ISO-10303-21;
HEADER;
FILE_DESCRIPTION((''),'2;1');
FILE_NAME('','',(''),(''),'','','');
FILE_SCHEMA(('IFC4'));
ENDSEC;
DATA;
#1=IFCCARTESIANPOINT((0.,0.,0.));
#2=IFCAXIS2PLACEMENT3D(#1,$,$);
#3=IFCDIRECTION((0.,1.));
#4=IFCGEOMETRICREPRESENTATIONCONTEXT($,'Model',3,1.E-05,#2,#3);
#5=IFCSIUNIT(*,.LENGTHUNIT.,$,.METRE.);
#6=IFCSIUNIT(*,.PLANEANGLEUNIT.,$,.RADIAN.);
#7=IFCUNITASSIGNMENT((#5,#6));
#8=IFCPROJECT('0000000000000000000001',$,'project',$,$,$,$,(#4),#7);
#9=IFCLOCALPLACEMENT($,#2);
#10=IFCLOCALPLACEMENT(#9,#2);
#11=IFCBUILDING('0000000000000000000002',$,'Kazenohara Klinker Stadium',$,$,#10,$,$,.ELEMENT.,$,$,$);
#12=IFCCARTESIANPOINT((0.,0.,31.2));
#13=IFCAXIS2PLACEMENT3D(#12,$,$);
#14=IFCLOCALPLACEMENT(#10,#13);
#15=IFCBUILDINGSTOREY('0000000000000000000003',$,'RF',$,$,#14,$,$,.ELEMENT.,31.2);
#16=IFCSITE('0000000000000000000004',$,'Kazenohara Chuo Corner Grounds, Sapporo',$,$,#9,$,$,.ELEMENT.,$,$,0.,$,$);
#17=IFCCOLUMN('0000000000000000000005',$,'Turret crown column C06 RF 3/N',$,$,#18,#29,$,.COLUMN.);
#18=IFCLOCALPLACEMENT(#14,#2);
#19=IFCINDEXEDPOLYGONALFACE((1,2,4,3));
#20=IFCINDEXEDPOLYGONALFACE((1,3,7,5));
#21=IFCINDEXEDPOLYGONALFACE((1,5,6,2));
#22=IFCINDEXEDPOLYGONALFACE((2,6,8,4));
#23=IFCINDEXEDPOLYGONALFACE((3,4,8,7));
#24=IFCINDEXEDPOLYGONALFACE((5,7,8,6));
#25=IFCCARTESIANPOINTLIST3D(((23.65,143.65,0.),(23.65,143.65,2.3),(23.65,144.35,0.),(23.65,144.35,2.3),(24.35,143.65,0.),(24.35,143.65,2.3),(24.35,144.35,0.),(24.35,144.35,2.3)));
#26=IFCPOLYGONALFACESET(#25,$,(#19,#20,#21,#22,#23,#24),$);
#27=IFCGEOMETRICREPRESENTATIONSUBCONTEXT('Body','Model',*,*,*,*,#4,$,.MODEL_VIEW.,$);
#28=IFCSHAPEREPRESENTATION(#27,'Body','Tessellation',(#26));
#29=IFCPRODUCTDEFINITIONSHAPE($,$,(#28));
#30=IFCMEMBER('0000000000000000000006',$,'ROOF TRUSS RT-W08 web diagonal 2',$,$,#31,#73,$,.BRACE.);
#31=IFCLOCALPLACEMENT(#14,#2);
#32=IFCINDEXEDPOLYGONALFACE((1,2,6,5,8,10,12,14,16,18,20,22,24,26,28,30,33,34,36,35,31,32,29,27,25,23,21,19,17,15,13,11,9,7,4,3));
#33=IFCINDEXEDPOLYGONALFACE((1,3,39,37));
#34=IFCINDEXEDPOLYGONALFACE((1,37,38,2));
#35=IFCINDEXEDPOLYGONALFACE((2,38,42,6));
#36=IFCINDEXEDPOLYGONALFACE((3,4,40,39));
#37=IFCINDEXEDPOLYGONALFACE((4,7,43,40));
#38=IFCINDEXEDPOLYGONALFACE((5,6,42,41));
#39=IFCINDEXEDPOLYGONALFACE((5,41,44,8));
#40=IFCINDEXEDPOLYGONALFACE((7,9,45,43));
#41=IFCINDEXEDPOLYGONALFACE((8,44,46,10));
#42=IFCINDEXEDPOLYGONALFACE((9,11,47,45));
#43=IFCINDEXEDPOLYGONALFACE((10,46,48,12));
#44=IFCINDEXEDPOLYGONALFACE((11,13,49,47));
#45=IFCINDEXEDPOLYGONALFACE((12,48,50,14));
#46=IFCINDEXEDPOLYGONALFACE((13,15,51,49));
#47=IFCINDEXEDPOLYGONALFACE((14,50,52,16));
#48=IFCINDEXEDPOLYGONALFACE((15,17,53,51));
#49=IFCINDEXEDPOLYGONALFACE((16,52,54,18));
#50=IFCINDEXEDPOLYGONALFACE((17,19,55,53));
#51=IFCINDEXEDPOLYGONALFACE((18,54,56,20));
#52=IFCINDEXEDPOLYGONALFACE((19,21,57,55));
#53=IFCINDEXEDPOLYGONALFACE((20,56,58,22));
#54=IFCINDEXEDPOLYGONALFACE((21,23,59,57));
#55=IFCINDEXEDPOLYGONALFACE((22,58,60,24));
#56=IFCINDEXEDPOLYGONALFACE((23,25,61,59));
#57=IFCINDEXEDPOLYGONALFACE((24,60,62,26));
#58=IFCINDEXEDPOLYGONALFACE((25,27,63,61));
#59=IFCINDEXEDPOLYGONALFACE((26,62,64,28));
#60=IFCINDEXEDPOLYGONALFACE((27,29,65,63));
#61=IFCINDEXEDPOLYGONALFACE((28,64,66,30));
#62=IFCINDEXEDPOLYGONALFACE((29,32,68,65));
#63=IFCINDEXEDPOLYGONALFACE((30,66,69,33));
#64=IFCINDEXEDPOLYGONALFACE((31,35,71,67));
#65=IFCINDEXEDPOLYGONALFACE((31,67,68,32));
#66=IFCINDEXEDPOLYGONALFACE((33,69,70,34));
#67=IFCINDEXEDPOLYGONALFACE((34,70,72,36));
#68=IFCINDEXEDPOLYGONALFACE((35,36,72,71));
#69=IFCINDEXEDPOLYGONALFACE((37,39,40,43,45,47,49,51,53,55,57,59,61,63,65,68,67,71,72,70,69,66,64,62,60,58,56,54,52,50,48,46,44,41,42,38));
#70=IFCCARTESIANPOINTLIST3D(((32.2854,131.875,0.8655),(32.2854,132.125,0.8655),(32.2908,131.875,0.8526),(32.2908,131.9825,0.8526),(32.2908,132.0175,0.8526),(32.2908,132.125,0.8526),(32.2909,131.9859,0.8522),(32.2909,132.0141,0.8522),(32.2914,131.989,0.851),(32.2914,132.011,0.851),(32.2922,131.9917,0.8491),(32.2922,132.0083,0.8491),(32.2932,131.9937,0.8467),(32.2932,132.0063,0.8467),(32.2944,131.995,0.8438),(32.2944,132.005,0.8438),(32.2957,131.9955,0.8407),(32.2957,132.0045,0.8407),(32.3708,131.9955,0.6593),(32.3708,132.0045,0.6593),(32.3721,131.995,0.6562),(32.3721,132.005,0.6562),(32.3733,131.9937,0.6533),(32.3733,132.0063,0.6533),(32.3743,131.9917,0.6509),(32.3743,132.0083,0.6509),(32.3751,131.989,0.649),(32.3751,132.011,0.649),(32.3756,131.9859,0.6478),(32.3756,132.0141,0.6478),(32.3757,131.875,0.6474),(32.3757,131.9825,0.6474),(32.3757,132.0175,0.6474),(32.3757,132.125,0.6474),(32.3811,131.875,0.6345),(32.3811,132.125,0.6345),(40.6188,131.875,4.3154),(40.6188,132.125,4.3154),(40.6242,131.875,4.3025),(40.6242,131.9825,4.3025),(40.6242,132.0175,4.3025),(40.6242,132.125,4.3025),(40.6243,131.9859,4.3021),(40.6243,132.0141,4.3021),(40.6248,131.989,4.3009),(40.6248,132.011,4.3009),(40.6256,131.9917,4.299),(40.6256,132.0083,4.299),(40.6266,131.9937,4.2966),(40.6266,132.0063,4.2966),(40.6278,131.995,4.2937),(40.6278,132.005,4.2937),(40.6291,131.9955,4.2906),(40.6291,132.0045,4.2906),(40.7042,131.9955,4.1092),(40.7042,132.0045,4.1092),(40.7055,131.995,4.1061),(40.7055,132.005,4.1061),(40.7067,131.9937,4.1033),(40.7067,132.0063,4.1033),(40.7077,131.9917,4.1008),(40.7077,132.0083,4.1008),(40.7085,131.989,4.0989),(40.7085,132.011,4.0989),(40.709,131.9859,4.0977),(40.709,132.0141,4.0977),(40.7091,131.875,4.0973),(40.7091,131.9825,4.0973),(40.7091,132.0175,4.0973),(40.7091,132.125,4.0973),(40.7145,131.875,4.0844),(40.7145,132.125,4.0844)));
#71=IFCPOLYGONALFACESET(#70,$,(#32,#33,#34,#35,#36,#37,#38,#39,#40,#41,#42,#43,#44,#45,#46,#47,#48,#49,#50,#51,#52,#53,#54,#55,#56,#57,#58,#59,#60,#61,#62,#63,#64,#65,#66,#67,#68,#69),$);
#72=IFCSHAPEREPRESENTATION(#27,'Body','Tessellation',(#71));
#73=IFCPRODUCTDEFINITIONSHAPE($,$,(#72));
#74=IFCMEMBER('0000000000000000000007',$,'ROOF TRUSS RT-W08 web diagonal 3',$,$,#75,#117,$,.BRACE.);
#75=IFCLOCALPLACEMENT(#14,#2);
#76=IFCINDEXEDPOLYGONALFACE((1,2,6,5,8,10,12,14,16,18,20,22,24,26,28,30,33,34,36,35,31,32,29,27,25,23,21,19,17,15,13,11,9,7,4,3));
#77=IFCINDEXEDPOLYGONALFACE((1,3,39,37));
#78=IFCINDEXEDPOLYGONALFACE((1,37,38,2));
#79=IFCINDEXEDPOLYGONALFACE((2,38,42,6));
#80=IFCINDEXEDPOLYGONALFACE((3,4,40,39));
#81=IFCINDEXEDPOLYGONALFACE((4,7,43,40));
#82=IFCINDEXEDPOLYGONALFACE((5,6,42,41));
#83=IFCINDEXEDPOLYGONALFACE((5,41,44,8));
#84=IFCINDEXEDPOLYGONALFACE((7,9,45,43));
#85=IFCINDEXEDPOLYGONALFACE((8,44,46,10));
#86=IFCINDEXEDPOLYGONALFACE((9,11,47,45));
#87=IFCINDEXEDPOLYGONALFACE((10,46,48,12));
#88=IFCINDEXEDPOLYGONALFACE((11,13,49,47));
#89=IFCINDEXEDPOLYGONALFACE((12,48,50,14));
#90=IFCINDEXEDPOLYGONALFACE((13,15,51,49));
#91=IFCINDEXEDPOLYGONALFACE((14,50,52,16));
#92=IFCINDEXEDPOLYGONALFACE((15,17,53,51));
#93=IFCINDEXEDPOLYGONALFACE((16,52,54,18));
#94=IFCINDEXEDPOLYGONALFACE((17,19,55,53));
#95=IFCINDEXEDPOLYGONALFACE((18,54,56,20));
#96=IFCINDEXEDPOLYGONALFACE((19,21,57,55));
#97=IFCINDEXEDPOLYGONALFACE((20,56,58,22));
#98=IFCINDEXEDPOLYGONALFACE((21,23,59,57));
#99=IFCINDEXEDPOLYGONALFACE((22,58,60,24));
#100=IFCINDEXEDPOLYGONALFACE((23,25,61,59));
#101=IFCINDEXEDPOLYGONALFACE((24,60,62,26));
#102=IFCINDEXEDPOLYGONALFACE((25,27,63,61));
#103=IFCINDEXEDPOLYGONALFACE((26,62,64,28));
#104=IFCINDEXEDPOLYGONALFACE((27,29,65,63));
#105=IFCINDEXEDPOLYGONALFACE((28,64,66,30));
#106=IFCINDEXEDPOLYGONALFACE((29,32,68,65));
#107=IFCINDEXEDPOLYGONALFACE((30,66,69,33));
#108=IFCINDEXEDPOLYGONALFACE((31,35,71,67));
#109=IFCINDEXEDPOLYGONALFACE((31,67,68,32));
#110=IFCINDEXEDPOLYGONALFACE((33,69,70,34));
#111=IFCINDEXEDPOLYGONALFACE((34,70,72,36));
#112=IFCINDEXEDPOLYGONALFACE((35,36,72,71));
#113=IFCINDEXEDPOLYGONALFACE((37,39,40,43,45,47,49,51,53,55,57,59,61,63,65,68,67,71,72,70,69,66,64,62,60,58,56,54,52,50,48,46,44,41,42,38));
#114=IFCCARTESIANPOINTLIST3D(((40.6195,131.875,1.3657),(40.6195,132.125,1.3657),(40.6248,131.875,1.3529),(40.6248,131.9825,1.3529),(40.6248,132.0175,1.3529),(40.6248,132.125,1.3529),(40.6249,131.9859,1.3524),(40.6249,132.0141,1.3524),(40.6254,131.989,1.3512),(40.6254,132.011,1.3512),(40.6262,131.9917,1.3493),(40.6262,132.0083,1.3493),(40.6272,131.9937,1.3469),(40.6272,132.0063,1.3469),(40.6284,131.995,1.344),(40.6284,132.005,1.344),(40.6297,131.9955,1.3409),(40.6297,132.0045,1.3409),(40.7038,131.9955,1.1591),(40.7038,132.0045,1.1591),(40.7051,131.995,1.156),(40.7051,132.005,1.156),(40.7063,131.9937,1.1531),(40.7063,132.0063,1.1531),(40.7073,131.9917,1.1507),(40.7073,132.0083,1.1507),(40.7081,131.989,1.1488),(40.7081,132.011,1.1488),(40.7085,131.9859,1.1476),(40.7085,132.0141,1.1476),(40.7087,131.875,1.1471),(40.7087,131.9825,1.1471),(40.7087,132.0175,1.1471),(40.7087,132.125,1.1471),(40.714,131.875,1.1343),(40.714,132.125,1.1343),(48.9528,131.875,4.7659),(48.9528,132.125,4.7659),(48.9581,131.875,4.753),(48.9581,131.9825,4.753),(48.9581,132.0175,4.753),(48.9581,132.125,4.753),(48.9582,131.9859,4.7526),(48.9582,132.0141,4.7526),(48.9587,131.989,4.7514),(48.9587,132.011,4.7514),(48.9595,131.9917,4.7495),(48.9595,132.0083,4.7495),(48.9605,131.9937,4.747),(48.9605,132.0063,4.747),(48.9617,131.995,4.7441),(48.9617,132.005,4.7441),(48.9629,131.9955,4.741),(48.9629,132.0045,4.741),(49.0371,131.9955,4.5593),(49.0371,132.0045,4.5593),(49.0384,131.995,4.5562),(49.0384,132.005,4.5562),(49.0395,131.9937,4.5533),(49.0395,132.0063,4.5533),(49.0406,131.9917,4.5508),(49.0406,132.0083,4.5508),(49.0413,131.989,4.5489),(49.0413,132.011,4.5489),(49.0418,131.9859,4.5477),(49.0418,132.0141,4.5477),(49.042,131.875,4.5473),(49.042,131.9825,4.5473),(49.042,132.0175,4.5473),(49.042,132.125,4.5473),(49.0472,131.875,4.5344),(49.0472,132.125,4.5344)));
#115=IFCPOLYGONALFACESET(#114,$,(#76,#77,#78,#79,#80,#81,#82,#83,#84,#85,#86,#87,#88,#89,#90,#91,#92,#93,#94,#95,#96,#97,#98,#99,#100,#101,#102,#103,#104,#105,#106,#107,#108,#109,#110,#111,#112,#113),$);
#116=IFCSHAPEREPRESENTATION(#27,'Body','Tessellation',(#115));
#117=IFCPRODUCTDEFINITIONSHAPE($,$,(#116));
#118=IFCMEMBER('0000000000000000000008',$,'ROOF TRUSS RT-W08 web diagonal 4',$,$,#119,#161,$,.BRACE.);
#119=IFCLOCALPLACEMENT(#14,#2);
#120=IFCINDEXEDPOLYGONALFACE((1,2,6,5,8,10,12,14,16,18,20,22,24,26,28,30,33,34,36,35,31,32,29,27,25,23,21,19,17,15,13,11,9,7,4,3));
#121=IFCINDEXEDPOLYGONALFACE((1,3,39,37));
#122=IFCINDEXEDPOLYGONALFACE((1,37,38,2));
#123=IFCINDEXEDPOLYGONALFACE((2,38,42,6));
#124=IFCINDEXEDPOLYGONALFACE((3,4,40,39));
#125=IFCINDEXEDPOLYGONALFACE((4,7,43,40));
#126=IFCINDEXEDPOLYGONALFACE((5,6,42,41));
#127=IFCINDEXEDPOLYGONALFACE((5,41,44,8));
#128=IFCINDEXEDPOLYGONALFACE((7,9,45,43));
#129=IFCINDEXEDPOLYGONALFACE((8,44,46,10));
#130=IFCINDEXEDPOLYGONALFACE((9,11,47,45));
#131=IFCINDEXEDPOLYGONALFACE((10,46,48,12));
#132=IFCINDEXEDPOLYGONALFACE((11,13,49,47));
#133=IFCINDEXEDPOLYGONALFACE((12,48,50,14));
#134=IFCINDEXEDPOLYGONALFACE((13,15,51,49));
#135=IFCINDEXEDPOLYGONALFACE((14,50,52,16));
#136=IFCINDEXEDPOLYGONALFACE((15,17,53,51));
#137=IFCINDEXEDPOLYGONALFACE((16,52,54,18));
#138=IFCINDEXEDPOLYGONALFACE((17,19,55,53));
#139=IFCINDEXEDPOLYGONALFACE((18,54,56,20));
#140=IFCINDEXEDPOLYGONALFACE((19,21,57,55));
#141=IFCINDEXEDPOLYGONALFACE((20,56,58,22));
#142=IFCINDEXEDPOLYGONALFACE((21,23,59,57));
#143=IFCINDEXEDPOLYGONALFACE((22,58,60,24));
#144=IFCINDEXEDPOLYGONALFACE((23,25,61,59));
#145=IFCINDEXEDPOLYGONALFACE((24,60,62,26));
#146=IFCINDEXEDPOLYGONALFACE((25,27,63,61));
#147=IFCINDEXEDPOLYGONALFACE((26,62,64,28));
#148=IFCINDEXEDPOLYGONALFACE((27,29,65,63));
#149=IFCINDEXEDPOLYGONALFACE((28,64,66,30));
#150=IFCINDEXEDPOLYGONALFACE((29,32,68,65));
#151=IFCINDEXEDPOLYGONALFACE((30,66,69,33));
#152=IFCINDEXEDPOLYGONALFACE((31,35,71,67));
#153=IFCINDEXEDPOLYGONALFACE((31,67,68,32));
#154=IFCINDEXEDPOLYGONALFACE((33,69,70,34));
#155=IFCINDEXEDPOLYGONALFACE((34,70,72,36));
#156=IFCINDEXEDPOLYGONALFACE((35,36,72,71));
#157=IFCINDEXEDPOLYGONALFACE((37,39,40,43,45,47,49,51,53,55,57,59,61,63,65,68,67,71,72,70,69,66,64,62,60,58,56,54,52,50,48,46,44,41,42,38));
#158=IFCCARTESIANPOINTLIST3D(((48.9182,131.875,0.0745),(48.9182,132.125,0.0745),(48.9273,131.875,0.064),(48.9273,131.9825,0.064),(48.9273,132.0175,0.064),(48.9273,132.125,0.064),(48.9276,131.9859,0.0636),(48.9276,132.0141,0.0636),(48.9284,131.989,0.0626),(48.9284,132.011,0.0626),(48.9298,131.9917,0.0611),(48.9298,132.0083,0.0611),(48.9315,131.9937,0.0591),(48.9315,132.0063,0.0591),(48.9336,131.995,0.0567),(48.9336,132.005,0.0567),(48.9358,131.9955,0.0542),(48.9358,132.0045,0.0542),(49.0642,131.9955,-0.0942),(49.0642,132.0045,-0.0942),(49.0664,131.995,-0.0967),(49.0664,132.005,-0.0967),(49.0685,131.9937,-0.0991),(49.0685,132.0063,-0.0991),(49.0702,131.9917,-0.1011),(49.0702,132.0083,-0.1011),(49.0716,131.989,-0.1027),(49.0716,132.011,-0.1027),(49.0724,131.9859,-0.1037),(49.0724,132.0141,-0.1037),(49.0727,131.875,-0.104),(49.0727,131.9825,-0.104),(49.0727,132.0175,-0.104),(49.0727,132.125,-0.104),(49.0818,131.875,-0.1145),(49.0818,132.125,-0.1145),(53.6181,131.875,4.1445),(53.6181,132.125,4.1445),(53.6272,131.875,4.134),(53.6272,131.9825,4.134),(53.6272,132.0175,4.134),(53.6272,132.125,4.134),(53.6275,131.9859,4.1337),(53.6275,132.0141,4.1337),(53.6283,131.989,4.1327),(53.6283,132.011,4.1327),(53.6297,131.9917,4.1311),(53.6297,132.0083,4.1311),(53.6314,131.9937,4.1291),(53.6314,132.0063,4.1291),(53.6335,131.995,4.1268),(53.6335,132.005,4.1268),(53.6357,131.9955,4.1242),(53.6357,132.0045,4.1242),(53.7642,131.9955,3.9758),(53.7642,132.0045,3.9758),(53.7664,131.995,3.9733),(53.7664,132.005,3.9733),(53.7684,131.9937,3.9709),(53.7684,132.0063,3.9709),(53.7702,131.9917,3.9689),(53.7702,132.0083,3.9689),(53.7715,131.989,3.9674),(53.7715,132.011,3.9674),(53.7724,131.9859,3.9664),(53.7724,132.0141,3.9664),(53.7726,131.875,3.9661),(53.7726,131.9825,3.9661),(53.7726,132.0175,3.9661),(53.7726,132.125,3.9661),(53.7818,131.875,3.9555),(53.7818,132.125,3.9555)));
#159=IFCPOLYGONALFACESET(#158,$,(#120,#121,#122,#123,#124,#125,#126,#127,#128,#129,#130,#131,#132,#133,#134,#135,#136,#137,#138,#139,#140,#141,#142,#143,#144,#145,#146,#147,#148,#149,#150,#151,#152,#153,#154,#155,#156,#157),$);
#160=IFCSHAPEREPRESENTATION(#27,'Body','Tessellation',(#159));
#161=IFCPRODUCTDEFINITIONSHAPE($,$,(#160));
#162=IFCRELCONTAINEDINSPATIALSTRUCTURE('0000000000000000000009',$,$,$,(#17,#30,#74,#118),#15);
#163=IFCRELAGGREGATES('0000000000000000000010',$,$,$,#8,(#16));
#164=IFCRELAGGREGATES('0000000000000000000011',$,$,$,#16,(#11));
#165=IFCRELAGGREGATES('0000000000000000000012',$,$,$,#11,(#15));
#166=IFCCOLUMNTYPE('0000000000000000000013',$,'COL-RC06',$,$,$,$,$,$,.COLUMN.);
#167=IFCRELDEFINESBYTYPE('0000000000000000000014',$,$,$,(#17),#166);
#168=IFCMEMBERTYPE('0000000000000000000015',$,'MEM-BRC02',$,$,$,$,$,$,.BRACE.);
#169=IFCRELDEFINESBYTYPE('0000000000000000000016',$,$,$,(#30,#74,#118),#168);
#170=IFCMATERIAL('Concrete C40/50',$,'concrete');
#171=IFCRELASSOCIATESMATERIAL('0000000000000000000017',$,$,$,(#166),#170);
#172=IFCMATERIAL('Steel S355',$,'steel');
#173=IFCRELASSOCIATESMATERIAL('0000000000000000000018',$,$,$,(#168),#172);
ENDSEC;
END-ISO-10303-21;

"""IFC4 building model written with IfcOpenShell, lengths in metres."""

from ifc_helpers import new_model, si_unit, direction, frame, origin, origin_2d, place, context, subcontext, project, spatial, rectangle, i_section, extrude, material, material_profile, profile_set, type_object, element, save


model = new_model("IFC4")

# Units and contexts
model_context = context("Model", 3, precision=1e-05, world=origin(), true_north=direction((0.0, 1.0)))
body_context = subcontext(model_context, "Body", "Model", "MODEL_VIEW")
ifc_project = project(units=[si_unit("LENGTHUNIT", "METRE"), si_unit("PLANEANGLEUNIT", "RADIAN")], contexts=[model_context])

# Site, building, storey
site_placement = place(None, origin())
site = spatial("IfcSite", under=ifc_project, at=site_placement, Name="Kazenohara Chuo Corner Grounds, Sapporo", CompositionType="ELEMENT", RefElevation=0.0)
building_placement = place(site_placement, origin())
building = spatial("IfcBuilding", under=site, at=building_placement, Name="Kazenohara Klinker Stadium", CompositionType="ELEMENT")
storey_placement = place(building_placement, frame((0.0, 0.0, 31.2)))
storey = spatial("IfcBuildingStorey", under=building, at=storey_placement, Name="RF", CompositionType="ELEMENT", Elevation=31.2)

# Column
ifc_material_1 = material(Name="Concrete C40/50", Category="concrete")
ifc_material_profile_1 = material_profile(ifc_material_1, rectangle(XDim=0.7, YDim=0.7, at=origin_2d()), Name="RC-COL-700x700")
ifc_profile_set_1 = profile_set([ifc_material_profile_1], Name="Concrete C40/50")
column_type = type_object("IfcColumnType", Name="COL-RC06", PredefinedType="COLUMN", material=ifc_profile_set_1)
column_placement = place(storey_placement, frame((24.0, 144.0, 0.0), z_axis=(0.0, 0.0, 1.0), x_axis=(1.0, 0.0, 0.0)))
element("IfcColumn", 1, at=column_placement, inside=storey, type_object=column_type, Name="Turret crown column C06 RF 3/N", PredefinedType="COLUMN", context=body_context, shape_type="SweptSolid", body=[
    extrude(rectangle(XDim=0.7, YDim=0.7, at=origin_2d()), origin(), (0.0, 0.0, 1.0), 2.3),
])

# Members
ifc_material_2 = material(Name="Steel S355", Category="steel")
ifc_material_profile_2 = material_profile(ifc_material_2, i_section(OverallWidth=0.25, OverallDepth=0.25, WebThickness=0.009, FlangeThickness=0.0139, FilletRadius=0.0129, at=origin_2d()), Name="H-250x250x9x14")
ifc_profile_set_2 = profile_set([ifc_material_profile_2], Name="Steel S355")
member_type_1 = type_object("IfcMemberType", Name="MEM-BRC02", PredefinedType="BRACE", material=ifc_profile_set_2)
member_1_placement = place(storey_placement, frame((32.3333, 132.0, 0.75), z_axis=(0.923954, 0.0, 0.382504), x_axis=(0.0, 1.0, 0.0)))
element("IfcMember", 2, at=member_1_placement, inside=storey, type_object=member_type_1, Name="ROOF TRUSS RT-W08 web diagonal 2", PredefinedType="BRACE", context=body_context, shape_type="SweptSolid", body=[
    extrude(i_section(OverallWidth=0.25, OverallDepth=0.25, WebThickness=0.009, FlangeThickness=0.0139, FilletRadius=0.0129, at=origin_2d()), origin(), (0.0, 0.0, 1.0), 9.0193),
])
member_2_placement = place(storey_placement, frame((40.6667, 132.0, 1.25), z_axis=(0.925894, 0.0, 0.377785), x_axis=(0.0, 1.0, 0.0)))
element("IfcMember", 3, at=member_2_placement, inside=storey, type_object=member_type_1, Name="ROOF TRUSS RT-W08 web diagonal 3", PredefinedType="BRACE", context=body_context, shape_type="SweptSolid", body=[
    extrude(i_section(OverallWidth=0.25, OverallDepth=0.25, WebThickness=0.009, FlangeThickness=0.0139, FilletRadius=0.0129, at=origin_2d()), origin(), (0.0, 0.0, 1.0), 9.0002),
])
member_3_placement = place(storey_placement, frame((49.0, 132.0, -0.02), z_axis=(0.755946, 0.0, 0.654634), x_axis=(0.0, 1.0, 0.0)))
element("IfcMember", 4, at=member_3_placement, inside=storey, type_object=member_type_1, Name="ROOF TRUSS RT-W08 web diagonal 4", PredefinedType="BRACE", context=body_context, shape_type="SweptSolid", body=[
    extrude(i_section(OverallWidth=0.25, OverallDepth=0.25, WebThickness=0.009, FlangeThickness=0.0139, FilletRadius=0.0129, at=origin_2d()), origin(), (0.0, 0.0, 1.0), 6.2173),
])

save(model, "model.ifc")
